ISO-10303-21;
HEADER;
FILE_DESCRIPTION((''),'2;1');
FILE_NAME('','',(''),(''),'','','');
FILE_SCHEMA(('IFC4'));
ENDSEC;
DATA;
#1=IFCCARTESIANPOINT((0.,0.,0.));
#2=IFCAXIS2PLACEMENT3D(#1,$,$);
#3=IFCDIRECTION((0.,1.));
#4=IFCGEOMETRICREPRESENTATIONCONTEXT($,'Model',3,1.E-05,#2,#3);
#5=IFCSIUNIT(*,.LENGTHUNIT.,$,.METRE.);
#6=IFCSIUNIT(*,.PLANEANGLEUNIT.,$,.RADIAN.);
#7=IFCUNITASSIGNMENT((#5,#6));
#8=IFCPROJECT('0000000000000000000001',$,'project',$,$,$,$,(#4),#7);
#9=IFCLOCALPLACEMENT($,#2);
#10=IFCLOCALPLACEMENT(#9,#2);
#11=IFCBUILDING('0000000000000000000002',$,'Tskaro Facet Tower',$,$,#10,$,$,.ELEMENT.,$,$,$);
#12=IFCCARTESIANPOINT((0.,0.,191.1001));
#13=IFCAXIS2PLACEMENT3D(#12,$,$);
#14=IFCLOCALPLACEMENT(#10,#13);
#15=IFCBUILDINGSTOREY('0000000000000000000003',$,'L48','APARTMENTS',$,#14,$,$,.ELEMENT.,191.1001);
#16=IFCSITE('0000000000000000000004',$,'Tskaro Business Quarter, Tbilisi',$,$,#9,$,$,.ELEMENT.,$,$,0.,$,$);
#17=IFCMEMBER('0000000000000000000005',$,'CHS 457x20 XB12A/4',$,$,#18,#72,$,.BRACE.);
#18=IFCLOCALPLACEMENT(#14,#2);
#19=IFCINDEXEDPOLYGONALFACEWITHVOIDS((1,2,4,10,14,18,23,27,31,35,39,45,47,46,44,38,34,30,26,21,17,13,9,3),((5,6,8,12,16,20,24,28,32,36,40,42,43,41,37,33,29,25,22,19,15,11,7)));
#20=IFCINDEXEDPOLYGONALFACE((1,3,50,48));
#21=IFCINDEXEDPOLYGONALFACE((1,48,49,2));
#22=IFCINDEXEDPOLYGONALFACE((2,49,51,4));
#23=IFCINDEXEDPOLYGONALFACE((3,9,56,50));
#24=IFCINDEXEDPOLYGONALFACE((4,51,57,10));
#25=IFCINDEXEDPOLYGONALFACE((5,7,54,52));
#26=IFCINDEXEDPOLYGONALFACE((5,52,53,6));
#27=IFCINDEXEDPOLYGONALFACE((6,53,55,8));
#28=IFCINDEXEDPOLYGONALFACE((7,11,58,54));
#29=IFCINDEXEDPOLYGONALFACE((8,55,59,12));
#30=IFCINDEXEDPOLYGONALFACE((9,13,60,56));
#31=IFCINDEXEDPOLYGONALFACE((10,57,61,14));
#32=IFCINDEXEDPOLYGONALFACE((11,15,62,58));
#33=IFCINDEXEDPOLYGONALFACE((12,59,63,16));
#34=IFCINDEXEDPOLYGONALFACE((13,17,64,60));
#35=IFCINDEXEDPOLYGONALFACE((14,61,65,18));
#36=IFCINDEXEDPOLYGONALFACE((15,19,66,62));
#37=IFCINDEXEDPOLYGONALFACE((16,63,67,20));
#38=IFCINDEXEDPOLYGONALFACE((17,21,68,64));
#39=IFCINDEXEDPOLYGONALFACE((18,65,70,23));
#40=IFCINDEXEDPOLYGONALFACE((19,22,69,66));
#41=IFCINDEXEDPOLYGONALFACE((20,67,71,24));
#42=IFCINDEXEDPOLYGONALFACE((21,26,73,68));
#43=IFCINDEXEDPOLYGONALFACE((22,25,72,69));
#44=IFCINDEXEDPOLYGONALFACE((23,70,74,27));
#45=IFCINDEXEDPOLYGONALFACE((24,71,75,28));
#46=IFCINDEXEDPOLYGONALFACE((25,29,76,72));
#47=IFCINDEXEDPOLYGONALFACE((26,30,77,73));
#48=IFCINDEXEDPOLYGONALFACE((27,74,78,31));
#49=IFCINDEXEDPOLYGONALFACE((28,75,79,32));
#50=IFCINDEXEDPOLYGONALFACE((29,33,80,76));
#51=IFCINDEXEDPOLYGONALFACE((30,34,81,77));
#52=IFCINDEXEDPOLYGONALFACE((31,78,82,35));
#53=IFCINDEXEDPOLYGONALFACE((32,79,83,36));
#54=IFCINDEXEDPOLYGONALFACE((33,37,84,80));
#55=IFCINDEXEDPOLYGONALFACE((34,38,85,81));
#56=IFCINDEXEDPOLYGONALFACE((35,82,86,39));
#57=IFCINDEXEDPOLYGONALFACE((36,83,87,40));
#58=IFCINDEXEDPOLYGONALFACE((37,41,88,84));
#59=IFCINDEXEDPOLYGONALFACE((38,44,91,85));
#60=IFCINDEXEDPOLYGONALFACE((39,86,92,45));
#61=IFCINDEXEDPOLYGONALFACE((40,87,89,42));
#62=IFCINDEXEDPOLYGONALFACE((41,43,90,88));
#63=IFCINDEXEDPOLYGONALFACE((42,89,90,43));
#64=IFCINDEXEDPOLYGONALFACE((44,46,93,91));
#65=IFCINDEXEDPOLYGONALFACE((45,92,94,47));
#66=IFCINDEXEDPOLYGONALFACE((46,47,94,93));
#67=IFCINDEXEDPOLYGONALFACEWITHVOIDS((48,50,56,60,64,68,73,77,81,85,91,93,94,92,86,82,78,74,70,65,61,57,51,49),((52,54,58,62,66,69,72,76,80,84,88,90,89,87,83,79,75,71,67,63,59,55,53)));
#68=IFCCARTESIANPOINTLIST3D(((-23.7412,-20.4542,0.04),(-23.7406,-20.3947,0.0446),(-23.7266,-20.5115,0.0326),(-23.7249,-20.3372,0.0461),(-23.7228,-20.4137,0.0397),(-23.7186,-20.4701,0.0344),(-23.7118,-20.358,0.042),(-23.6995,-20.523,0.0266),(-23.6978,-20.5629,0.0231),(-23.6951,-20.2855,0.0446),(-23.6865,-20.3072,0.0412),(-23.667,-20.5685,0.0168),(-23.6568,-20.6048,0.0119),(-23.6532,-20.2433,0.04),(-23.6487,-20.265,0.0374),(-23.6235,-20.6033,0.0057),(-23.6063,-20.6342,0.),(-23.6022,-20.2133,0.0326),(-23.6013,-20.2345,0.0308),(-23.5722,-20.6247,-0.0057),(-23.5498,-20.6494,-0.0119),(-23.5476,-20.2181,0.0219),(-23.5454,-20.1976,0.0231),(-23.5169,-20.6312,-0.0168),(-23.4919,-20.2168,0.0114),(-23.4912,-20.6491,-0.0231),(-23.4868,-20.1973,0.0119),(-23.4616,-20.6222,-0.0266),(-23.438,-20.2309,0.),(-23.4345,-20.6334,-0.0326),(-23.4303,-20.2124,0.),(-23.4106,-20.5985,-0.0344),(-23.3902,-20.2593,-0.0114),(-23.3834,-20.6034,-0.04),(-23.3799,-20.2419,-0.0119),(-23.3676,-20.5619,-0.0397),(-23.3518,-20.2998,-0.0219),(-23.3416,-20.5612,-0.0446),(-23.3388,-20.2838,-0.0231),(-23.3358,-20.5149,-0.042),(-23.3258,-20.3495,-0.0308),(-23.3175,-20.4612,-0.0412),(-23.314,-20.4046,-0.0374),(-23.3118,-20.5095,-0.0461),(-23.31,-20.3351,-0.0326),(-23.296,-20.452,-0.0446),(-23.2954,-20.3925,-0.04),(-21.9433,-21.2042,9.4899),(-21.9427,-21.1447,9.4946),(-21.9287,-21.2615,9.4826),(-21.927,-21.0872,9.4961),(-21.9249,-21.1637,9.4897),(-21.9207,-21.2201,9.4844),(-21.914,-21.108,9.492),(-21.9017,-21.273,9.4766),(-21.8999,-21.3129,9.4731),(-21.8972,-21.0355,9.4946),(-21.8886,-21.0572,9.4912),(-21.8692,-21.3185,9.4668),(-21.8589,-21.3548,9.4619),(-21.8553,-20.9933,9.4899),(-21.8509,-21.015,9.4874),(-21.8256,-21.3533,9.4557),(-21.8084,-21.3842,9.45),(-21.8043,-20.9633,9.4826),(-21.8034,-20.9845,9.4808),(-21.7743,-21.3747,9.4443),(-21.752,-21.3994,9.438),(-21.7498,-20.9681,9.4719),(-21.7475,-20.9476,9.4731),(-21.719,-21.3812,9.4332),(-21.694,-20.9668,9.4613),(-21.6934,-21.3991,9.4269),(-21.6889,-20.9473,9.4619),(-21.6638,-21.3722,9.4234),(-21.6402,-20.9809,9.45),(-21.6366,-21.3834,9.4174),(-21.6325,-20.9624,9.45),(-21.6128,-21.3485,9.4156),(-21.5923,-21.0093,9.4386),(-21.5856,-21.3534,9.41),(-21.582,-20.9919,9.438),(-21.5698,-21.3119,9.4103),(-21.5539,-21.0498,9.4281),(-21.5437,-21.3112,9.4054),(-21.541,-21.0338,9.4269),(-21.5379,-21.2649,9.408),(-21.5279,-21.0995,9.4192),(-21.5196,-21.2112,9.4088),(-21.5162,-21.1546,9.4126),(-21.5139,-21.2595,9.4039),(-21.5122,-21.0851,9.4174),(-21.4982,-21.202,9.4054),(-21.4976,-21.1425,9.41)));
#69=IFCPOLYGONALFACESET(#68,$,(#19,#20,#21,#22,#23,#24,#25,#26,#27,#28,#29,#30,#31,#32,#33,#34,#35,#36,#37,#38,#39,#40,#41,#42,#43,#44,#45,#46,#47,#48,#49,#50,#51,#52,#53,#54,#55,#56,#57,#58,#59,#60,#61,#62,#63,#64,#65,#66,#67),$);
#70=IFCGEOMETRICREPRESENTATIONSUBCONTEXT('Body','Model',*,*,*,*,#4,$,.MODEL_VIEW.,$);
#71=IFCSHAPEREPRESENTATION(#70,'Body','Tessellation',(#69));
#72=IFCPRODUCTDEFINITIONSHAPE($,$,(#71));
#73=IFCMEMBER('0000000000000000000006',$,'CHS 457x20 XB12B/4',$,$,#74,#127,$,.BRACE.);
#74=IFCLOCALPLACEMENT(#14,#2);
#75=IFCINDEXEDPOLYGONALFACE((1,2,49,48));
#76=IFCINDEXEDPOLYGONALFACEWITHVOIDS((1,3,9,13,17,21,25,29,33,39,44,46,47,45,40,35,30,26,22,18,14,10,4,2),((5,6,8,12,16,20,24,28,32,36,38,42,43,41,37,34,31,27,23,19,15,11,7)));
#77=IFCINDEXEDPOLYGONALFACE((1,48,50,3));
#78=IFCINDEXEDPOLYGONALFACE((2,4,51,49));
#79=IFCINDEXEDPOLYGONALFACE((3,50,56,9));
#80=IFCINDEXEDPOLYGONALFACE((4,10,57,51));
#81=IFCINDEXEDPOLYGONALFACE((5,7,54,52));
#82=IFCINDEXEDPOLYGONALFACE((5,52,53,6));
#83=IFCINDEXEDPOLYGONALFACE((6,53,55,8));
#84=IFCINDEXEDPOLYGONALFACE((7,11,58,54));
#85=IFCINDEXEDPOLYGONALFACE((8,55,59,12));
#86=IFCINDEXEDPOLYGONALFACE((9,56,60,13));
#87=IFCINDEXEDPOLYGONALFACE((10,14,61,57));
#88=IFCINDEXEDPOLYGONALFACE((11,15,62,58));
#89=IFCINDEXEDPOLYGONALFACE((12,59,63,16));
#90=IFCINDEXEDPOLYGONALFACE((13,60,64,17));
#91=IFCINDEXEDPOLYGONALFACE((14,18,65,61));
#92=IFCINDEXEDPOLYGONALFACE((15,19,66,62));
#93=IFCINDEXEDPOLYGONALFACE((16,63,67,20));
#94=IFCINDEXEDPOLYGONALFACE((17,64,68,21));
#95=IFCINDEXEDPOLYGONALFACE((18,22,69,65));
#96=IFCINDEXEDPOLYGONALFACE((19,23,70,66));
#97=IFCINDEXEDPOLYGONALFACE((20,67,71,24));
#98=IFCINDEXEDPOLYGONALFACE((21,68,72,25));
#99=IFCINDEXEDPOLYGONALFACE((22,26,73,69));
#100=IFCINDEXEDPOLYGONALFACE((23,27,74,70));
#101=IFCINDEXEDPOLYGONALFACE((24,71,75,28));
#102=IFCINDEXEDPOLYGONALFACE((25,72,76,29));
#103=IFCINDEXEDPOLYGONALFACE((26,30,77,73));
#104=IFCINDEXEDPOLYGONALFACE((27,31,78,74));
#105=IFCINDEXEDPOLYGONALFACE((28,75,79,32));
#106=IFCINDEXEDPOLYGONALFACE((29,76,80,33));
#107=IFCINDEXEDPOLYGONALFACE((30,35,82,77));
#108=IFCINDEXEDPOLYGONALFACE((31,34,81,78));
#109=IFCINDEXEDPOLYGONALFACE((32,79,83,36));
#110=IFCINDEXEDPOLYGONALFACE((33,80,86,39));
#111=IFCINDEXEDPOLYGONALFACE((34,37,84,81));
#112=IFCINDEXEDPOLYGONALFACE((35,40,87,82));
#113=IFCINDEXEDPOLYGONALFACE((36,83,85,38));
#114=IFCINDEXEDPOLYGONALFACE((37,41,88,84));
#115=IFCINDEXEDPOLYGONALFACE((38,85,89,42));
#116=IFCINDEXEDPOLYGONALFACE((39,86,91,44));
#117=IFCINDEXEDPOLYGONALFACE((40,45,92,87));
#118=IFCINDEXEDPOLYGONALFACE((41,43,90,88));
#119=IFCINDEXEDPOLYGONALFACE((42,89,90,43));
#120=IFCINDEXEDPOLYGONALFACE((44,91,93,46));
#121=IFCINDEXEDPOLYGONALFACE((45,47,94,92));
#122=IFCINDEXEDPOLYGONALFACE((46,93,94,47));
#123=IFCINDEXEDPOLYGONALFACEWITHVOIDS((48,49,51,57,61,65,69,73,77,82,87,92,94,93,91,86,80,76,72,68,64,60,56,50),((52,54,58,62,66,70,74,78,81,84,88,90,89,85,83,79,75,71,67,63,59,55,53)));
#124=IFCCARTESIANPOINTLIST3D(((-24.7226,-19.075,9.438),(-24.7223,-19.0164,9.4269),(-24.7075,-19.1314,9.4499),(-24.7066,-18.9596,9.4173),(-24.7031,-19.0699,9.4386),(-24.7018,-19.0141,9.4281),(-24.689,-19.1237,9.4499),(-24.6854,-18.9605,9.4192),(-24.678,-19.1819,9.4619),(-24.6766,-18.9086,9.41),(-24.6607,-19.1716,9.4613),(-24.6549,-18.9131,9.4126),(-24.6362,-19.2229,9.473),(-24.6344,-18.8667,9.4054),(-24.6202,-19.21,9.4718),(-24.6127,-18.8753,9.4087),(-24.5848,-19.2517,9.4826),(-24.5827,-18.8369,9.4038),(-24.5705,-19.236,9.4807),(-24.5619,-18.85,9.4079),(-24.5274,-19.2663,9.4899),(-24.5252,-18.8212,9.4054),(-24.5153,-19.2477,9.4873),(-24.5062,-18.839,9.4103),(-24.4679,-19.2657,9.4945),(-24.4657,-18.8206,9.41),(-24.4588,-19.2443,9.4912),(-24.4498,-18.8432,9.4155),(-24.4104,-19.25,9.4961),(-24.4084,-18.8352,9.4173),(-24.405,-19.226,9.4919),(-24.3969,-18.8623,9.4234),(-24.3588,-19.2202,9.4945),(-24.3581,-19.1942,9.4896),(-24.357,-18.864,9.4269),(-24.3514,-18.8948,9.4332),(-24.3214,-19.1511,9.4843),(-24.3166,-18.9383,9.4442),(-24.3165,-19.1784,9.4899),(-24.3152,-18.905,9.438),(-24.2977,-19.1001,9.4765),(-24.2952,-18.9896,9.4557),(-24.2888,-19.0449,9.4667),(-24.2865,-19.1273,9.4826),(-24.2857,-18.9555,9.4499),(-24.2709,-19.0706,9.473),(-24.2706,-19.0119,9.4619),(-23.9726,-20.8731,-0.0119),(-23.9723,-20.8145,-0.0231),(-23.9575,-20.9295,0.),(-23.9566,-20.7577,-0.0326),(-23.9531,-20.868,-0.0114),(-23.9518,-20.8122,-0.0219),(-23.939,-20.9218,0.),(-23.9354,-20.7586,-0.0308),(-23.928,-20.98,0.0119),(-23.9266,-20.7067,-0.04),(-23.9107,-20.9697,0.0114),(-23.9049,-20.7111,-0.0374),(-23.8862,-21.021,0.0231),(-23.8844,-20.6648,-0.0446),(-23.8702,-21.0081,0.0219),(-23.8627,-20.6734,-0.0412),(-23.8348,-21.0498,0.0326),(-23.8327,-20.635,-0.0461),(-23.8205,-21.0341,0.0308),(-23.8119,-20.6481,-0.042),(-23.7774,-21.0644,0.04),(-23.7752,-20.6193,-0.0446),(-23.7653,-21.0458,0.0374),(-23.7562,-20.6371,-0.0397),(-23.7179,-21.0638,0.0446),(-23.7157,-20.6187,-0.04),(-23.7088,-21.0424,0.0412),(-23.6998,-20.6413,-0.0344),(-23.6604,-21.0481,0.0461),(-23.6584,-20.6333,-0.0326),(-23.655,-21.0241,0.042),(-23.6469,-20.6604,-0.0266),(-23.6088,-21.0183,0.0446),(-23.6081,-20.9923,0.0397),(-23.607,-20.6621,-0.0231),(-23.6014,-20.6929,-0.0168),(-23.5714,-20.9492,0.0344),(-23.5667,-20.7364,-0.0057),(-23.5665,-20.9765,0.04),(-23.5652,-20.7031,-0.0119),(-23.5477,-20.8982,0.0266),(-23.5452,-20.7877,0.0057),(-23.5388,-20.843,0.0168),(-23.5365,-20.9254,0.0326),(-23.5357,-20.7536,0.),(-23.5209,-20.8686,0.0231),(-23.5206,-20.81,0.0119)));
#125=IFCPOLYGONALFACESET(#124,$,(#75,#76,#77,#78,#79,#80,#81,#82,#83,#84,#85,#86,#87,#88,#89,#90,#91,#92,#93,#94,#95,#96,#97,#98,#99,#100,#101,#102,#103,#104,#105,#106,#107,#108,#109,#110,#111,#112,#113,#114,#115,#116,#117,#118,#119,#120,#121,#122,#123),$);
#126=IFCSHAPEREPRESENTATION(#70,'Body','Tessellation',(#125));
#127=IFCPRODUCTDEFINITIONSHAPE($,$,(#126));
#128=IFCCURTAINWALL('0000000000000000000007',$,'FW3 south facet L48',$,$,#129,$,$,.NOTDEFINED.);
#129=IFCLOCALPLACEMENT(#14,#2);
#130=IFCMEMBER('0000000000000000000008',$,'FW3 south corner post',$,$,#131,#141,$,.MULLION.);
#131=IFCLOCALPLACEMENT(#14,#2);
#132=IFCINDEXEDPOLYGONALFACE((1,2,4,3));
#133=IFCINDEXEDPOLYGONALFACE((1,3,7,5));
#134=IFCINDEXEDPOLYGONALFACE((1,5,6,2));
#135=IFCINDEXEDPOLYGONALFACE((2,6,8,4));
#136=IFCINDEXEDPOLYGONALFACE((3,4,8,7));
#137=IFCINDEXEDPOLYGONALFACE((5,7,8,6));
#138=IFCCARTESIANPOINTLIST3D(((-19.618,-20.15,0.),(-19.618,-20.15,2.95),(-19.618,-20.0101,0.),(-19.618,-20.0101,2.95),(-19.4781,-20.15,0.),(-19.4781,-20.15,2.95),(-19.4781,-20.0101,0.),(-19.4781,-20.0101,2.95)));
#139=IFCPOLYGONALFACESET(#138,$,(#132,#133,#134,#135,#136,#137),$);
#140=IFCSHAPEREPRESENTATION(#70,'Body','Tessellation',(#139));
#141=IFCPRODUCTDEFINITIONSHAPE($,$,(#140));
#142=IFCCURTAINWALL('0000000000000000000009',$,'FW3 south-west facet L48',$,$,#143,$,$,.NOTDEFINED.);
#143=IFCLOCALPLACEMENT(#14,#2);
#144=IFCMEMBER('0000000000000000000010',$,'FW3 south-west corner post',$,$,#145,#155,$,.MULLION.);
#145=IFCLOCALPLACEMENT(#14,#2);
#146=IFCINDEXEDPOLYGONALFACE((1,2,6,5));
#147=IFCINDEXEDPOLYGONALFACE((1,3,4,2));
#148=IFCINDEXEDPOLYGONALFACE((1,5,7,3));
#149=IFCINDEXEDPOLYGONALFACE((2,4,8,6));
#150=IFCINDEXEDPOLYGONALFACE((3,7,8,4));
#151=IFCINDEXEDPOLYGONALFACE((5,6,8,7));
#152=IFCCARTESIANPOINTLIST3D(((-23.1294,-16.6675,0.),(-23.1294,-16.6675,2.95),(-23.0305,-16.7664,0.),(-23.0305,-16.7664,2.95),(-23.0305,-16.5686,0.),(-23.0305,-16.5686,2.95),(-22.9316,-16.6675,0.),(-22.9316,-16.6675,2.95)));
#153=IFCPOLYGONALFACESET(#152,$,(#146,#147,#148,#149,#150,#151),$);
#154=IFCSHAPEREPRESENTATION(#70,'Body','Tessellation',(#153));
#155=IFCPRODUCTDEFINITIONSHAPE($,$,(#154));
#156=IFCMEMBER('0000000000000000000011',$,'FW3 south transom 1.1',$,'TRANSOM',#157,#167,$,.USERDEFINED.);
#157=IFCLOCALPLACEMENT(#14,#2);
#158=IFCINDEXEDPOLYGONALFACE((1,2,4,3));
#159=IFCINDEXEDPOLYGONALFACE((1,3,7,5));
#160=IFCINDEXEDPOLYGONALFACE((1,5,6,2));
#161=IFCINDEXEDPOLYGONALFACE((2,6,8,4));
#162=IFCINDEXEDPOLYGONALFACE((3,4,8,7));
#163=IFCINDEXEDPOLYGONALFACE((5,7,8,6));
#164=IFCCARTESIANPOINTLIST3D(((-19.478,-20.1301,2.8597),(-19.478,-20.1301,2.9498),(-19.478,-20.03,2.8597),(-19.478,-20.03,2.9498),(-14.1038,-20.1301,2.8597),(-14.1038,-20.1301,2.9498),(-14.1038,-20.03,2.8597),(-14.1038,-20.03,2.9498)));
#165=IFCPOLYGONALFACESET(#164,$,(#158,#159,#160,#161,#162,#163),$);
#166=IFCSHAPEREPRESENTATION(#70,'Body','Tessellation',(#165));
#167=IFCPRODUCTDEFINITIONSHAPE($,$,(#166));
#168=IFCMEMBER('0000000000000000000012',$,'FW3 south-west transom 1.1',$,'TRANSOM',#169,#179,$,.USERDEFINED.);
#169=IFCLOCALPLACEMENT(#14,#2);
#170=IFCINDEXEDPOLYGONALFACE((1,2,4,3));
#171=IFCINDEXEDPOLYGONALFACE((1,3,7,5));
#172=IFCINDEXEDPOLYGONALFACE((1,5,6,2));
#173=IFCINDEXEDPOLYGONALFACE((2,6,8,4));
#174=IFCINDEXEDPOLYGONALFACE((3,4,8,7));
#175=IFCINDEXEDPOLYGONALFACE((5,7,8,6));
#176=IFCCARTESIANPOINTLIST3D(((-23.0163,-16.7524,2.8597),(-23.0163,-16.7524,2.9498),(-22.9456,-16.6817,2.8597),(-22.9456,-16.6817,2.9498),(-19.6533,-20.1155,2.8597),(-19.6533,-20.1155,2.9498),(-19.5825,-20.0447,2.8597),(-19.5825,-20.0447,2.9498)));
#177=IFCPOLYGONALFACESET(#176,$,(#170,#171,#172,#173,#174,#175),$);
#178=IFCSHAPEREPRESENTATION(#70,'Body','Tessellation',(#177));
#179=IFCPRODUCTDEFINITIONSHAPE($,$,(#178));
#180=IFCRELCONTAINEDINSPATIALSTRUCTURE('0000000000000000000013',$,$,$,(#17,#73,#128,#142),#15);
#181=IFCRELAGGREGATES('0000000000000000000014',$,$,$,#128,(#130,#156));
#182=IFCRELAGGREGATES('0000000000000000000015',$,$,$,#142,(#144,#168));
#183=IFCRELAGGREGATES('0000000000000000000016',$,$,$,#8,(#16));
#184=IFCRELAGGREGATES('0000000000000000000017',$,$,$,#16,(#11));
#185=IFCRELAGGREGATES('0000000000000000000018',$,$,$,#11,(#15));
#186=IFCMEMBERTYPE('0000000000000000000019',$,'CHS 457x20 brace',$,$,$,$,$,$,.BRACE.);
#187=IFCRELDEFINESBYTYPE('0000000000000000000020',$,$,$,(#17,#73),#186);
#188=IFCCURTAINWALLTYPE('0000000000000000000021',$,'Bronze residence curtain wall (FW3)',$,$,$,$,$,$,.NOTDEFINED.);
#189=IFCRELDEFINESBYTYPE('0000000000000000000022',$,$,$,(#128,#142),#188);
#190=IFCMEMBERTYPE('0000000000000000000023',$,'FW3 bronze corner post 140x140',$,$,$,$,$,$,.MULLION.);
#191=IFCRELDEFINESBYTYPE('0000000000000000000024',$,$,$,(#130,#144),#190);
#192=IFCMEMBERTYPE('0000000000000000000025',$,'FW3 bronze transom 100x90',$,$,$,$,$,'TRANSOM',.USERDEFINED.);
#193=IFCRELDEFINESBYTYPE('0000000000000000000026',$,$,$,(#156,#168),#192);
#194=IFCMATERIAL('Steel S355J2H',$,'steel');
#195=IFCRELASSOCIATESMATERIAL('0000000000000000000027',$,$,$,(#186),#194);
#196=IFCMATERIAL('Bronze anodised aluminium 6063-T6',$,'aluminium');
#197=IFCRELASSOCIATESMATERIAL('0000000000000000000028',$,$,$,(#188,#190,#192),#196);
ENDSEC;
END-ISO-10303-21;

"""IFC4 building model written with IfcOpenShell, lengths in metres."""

from ifc_helpers import new_model, si_unit, direction, frame, origin, origin_2d, place, context, subcontext, project, spatial, rectangle, hollow_circle, extrude, material, material_profile, profile_set, type_object, element, aggregate, save


model = new_model("IFC4")

# Units and contexts
model_context = context("Model", 3, precision=1e-05, world=origin(), true_north=direction((0.0, 1.0)))
body_context = subcontext(model_context, "Body", "Model", "MODEL_VIEW")
ifc_project = project(units=[si_unit("LENGTHUNIT", "METRE"), si_unit("PLANEANGLEUNIT", "RADIAN")], contexts=[model_context])

# Site, building, storey
site_placement = place(None, origin())
site = spatial("IfcSite", under=ifc_project, at=site_placement, Name="Tskaro Business Quarter, Tbilisi", CompositionType="ELEMENT", RefElevation=0.0)
building_placement = place(site_placement, origin())
building = spatial("IfcBuilding", under=site, at=building_placement, Name="Tskaro Facet Tower", CompositionType="ELEMENT")
storey_placement = place(building_placement, frame((0.0, 0.0, 191.1001)))
storey = spatial("IfcBuildingStorey", under=building, at=storey_placement, Name="L48", Description="APARTMENTS", CompositionType="ELEMENT", Elevation=191.1001)

# Shared definitions
ifc_material_1 = material(Name="Steel S355J2H", Category="steel")

# Members
ifc_material_profile_1 = material_profile(ifc_material_1, hollow_circle(Radius=0.2285, WallThickness=0.02, at=origin_2d()), Name="CHS 457x20")
ifc_profile_set_1 = profile_set([ifc_material_profile_1], Name="Steel S355J2H")
member_type_1 = type_object("IfcMemberType", Name="CHS 457x20 brace", PredefinedType="BRACE", material=ifc_profile_set_1)
for number, where, z_axis, x_axis, name in (
    (1, (-23.5183, -20.4233, 0.0), (0.186332, -0.077731, 0.979407), (0.385007, 0.922914, 0.0), "CHS 457x20 XB12A/4"),
    (2, (-23.7466, -20.8416, 0.0), (-0.077731, 0.186356, 0.979402), (-0.922932, -0.384962, 0.0), "CHS 457x20 XB12B/4"),
):
    element("IfcMember", number, at=place(storey_placement, frame(where, z_axis=z_axis, x_axis=x_axis)), inside=storey, type_object=member_type_1, Name=name, PredefinedType="BRACE", context=body_context, shape_type="SweptSolid", body=[
        extrude(hollow_circle(Radius=0.2285, WallThickness=0.02, at=origin_2d()), origin(), (0.0, 0.0, 1.0), 9.6487),
    ])

# Curtain walls, members
ifc_material_2 = material(Name="Bronze anodised aluminium 6063-T6", Category="aluminium")
curtain_wall_type = type_object("IfcCurtainWallType", Name="Bronze residence curtain wall (FW3)", PredefinedType="NOTDEFINED", material=ifc_material_2)
curtain_wall_1_placement = place(storey_placement, origin())
curtain_wall_1 = element("IfcCurtainWall", 3, at=curtain_wall_1_placement, inside=storey, type_object=curtain_wall_type, Name="FW3 south facet L48", PredefinedType="NOTDEFINED")
ifc_material_profile_2 = material_profile(ifc_material_2, rectangle(XDim=0.1399, YDim=0.1399, at=origin_2d()), Name="Corner post 140x140")
ifc_profile_set_2 = profile_set([ifc_material_profile_2], Name="Bronze anodised aluminium 6063-T6")
member_type_2 = type_object("IfcMemberType", Name="FW3 bronze corner post 140x140", PredefinedType="MULLION", material=ifc_profile_set_2)
member_1_placement = place(storey_placement, frame((-19.5481, -20.0801, 0.0), z_axis=(0.0, 0.0, 1.0), x_axis=(1.0, 0.0, 0.0)))
member_1 = element("IfcMember", 4, at=member_1_placement, type_object=member_type_2, Name="FW3 south corner post", PredefinedType="MULLION", context=body_context, shape_type="SweptSolid", body=[
    extrude(rectangle(XDim=0.1399, YDim=0.1399, at=origin_2d()), origin(), (0.0, 0.0, 1.0), 2.95),
])
curtain_wall_2_placement = place(storey_placement, origin())
curtain_wall_2 = element("IfcCurtainWall", 5, at=curtain_wall_2_placement, inside=storey, type_object=curtain_wall_type, Name="FW3 south-west facet L48", PredefinedType="NOTDEFINED")
member_2_placement = place(storey_placement, frame((-23.0305, -16.6675, 0.0), z_axis=(0.0, 0.0, 1.0), x_axis=(0.707107, -0.707107, 0.0)))
member_2 = element("IfcMember", 6, at=member_2_placement, type_object=member_type_2, Name="FW3 south-west corner post", PredefinedType="MULLION", context=body_context, shape_type="SweptSolid", body=[
    extrude(rectangle(XDim=0.1399, YDim=0.1399, at=origin_2d()), origin(), (0.0, 0.0, 1.0), 2.95),
])

# Members
ifc_material_profile_3 = material_profile(ifc_material_2, rectangle(XDim=0.1001, YDim=0.0901, at=origin_2d()), Name="Transom 100x90")
ifc_profile_set_3 = profile_set([ifc_material_profile_3], Name="Bronze anodised aluminium 6063-T6")
member_type_3 = type_object("IfcMemberType", Name="FW3 bronze transom 100x90", ElementType="TRANSOM", PredefinedType="USERDEFINED", material=ifc_profile_set_3)
member_3_placement = place(storey_placement, frame((-19.478, -20.0801, 2.9048), z_axis=(1.0, 0.0, 0.0), x_axis=(0.0, 1.0, 0.0)))
member_3 = element("IfcMember", 7, at=member_3_placement, type_object=member_type_3, Name="FW3 south transom 1.1", ObjectType="TRANSOM", PredefinedType="USERDEFINED", context=body_context, shape_type="SweptSolid", body=[
    extrude(rectangle(XDim=0.1001, YDim=0.0901, at=origin_2d()), origin(), (0.0, 0.0, 1.0), 5.3743),
])
aggregate(curtain_wall_1, [member_1, member_3])
member_4_placement = place(storey_placement, frame((-22.981, -16.717, 2.9048), z_axis=(0.707107, -0.707107, 0.0), x_axis=(0.707107, 0.707107, 0.0)))
member_4 = element("IfcMember", 8, at=member_4_placement, type_object=member_type_3, Name="FW3 south-west transom 1.1", ObjectType="TRANSOM", PredefinedType="USERDEFINED", context=body_context, shape_type="SweptSolid", body=[
    extrude(rectangle(XDim=0.1001, YDim=0.0901, at=origin_2d()), origin(), (0.0, 0.0, 1.0), 4.7561),
])

aggregate(curtain_wall_2, [member_2, member_4])

save(model, "model.ifc")
